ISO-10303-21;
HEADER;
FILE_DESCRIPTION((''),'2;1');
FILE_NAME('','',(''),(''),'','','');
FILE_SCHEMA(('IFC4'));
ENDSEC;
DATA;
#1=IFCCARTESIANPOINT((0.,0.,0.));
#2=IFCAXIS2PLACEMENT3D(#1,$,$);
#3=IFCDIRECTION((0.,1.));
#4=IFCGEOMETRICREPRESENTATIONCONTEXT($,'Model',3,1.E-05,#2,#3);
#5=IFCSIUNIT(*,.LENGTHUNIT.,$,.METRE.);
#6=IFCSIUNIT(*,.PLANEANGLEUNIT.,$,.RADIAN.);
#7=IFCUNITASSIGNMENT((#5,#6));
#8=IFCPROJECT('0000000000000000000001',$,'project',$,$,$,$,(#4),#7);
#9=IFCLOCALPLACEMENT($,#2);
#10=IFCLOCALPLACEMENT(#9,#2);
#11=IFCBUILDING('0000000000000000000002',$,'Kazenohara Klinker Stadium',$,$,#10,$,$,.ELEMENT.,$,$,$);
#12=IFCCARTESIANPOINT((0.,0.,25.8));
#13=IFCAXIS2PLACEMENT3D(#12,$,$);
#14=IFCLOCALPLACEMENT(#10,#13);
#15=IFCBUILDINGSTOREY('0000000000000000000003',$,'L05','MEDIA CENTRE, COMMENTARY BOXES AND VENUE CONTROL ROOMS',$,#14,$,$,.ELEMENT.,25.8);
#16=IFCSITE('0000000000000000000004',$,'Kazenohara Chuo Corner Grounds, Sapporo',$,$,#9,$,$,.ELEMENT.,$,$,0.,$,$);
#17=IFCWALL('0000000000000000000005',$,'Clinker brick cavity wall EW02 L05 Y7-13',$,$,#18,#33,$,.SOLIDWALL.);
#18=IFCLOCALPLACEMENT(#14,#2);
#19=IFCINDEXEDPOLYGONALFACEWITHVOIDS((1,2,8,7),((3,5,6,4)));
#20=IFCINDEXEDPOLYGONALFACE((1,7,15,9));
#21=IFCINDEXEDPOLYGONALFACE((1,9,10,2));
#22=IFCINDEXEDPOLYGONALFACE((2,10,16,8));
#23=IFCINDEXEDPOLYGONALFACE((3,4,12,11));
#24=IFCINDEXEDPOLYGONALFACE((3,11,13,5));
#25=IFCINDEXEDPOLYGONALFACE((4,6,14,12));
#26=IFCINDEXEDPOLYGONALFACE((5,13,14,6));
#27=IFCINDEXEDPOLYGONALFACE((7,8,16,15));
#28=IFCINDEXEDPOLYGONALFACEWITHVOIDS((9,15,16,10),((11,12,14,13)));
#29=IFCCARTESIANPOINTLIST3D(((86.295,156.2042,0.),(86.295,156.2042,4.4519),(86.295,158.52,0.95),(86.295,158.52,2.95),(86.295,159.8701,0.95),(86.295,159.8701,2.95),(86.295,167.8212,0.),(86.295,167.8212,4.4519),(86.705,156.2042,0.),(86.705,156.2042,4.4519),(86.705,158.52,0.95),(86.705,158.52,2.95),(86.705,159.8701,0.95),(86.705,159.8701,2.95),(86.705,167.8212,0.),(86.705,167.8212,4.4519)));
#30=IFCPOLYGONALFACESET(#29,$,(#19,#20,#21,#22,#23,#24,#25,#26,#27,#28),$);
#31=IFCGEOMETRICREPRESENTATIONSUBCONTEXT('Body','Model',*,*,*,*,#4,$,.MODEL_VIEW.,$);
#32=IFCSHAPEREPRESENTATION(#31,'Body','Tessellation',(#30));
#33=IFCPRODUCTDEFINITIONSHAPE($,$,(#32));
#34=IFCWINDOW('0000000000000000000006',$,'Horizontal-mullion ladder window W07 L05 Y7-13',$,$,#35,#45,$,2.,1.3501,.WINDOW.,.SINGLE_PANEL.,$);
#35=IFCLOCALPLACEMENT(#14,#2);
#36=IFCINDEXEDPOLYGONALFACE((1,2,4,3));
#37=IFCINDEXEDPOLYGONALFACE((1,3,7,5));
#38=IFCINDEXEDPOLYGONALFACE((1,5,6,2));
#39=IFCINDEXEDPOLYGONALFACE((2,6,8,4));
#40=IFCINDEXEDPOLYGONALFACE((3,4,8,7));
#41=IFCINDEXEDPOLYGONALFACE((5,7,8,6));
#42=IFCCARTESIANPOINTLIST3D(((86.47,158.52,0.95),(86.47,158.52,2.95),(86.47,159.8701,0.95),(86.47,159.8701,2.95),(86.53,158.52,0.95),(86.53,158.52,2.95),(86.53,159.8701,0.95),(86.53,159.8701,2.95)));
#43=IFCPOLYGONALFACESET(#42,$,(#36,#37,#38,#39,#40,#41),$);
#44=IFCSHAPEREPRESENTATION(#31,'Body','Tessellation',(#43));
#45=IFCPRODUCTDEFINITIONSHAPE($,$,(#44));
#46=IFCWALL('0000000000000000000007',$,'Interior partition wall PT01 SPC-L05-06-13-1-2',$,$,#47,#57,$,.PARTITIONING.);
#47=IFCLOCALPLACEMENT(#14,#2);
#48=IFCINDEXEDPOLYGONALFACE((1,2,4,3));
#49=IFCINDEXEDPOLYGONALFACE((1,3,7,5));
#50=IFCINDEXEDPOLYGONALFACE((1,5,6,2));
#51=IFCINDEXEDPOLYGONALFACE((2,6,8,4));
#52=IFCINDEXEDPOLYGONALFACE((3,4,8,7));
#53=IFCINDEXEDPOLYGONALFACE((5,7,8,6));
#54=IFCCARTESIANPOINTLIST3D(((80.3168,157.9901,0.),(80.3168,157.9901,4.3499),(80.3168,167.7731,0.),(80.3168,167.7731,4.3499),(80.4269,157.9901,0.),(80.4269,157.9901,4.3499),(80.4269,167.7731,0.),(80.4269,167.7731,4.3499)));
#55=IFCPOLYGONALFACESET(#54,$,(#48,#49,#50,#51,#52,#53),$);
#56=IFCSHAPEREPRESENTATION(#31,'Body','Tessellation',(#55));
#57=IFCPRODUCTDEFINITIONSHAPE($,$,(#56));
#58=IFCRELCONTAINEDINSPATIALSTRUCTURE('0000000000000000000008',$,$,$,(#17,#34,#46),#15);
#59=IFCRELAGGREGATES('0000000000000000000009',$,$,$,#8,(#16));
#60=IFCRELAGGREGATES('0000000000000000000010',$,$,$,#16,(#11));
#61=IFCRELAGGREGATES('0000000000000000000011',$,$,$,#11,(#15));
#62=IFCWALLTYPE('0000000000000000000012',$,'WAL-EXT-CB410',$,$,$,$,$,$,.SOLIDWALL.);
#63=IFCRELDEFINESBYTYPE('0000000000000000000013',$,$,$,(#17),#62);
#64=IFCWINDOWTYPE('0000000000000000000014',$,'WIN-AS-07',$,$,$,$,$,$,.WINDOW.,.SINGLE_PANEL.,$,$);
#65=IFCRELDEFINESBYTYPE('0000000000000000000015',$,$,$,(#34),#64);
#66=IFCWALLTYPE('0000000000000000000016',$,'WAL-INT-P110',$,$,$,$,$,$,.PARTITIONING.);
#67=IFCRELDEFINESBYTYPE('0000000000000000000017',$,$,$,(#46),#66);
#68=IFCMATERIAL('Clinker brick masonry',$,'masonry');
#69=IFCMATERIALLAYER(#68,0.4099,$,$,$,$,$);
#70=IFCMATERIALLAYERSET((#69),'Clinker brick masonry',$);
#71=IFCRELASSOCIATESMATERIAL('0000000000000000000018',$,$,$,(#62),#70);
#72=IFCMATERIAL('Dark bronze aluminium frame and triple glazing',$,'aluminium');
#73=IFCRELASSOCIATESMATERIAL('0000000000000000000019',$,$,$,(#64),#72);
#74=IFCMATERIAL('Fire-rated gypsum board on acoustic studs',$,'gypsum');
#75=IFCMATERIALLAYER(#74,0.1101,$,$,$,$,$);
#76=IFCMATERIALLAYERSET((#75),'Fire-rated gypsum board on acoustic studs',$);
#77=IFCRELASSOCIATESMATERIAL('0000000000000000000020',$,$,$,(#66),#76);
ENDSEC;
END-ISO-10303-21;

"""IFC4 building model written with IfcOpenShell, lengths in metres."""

from ifc_helpers import new_model, si_unit, direction, frame, frame_2d, origin, place, context, subcontext, project, spatial, rectangle, extrude, material, layer, layer_set, type_object, element, fill, save


model = new_model("IFC4")

# Units and contexts
model_context = context("Model", 3, precision=1e-05, world=origin(), true_north=direction((0.0, 1.0)))
body_context = subcontext(model_context, "Body", "Model", "MODEL_VIEW")
ifc_project = project(units=[si_unit("LENGTHUNIT", "METRE"), si_unit("PLANEANGLEUNIT", "RADIAN")], contexts=[model_context])

# Site, building, storey
site_placement = place(None, origin())
site = spatial("IfcSite", under=ifc_project, at=site_placement, Name="Kazenohara Chuo Corner Grounds, Sapporo", CompositionType="ELEMENT", RefElevation=0.0)
building_placement = place(site_placement, origin())
building = spatial("IfcBuilding", under=site, at=building_placement, Name="Kazenohara Klinker Stadium", CompositionType="ELEMENT")
storey_placement = place(building_placement, frame((0.0, 0.0, 25.8)))
storey = spatial("IfcBuildingStorey", under=building, at=storey_placement, Name="L05", Description="MEDIA CENTRE, COMMENTARY BOXES AND VENUE CONTROL ROOMS", CompositionType="ELEMENT", Elevation=25.8)

# Wall, opening, window
ifc_material_1 = material(Name="Clinker brick masonry", Category="masonry")
ifc_material_2 = material(Name="Dark bronze aluminium frame and triple glazing", Category="aluminium")
ifc_layer_1 = layer(ifc_material_1, 0.4099)
ifc_layer_set_1 = layer_set([ifc_layer_1], Name="Clinker brick masonry")
wall_type_1 = type_object("IfcWallType", Name="WAL-EXT-CB410", PredefinedType="SOLIDWALL", material=ifc_layer_set_1)
wall_1_placement = place(storey_placement, frame((86.5, 156.2041, 0.0), z_axis=(0.0, 0.0, 1.0), x_axis=(0.0, 1.0, 0.0)))
wall_1 = element("IfcWall", 1, at=wall_1_placement, inside=storey, type_object=wall_type_1, Name="Clinker brick cavity wall EW02 L05 Y7-13", PredefinedType="SOLIDWALL", context=body_context, shape_type="SweptSolid", body=[
    extrude(rectangle(XDim=11.6169, YDim=0.4099, at=frame_2d((5.8086, 0.0))), origin(), (0.0, 0.0, 1.0), 4.4519),
])
opening_1_placement = place(wall_1_placement, frame((2.3159, 0.0, 0.95)))
opening_1 = element("IfcOpeningElement", 2, at=opening_1_placement, cuts=wall_1, PredefinedType="OPENING", context=body_context, shape_type="SweptSolid", body=[
    extrude(rectangle(XDim=1.3501, YDim=2.0, at=frame_2d((0.675, 1.0))), frame((0.0, 0.2148, 0.0), z_axis=(0.0, -1.0, 0.0), x_axis=(1.0, 0.0, 0.0)), (0.0, 0.0, 1.0), 0.4299),
])
window_type_1 = type_object("IfcWindowType", Name="WIN-AS-07", PartitioningType="SINGLE_PANEL", PredefinedType="WINDOW", material=ifc_material_2)
window_1_placement = place(opening_1_placement, origin())
window_1 = element("IfcWindow", 3, at=window_1_placement, inside=storey, type_object=window_type_1, Name="Horizontal-mullion ladder window W07 L05 Y7-13", OverallHeight=2.0, OverallWidth=1.3501, PartitioningType="SINGLE_PANEL", PredefinedType="WINDOW", context=body_context, shape_type="SweptSolid", body=[
    extrude(rectangle(XDim=1.3501, YDim=2.0, at=frame_2d((0.675, 1.0))), frame((0.0, 0.03, 0.0), z_axis=(0.0, -1.0, 0.0), x_axis=(1.0, 0.0, 0.0)), (0.0, 0.0, 1.0), 0.0601),
])
fill(opening_1, window_1)

# Wall
ifc_material_3 = material(Name="Fire-rated gypsum board on acoustic studs", Category="gypsum")
ifc_layer_2 = layer(ifc_material_3, 0.1101)
ifc_layer_set_2 = layer_set([ifc_layer_2], Name="Fire-rated gypsum board on acoustic studs")
wall_type_2 = type_object("IfcWallType", Name="WAL-INT-P110", PredefinedType="PARTITIONING", material=ifc_layer_set_2)
wall_2_placement = place(storey_placement, frame((80.3718, 157.99, 0.0), z_axis=(0.0, 0.0, 1.0), x_axis=(0.0, 1.0, 0.0)))
element("IfcWall", 4, at=wall_2_placement, inside=storey, type_object=wall_type_2, Name="Interior partition wall PT01 SPC-L05-06-13-1-2", PredefinedType="PARTITIONING", context=body_context, shape_type="SweptSolid", body=[
    extrude(rectangle(XDim=9.783, YDim=0.1101, at=frame_2d((4.8916, 0.0))), origin(), (0.0, 0.0, 1.0), 4.3499),
])

save(model, "model.ifc")
